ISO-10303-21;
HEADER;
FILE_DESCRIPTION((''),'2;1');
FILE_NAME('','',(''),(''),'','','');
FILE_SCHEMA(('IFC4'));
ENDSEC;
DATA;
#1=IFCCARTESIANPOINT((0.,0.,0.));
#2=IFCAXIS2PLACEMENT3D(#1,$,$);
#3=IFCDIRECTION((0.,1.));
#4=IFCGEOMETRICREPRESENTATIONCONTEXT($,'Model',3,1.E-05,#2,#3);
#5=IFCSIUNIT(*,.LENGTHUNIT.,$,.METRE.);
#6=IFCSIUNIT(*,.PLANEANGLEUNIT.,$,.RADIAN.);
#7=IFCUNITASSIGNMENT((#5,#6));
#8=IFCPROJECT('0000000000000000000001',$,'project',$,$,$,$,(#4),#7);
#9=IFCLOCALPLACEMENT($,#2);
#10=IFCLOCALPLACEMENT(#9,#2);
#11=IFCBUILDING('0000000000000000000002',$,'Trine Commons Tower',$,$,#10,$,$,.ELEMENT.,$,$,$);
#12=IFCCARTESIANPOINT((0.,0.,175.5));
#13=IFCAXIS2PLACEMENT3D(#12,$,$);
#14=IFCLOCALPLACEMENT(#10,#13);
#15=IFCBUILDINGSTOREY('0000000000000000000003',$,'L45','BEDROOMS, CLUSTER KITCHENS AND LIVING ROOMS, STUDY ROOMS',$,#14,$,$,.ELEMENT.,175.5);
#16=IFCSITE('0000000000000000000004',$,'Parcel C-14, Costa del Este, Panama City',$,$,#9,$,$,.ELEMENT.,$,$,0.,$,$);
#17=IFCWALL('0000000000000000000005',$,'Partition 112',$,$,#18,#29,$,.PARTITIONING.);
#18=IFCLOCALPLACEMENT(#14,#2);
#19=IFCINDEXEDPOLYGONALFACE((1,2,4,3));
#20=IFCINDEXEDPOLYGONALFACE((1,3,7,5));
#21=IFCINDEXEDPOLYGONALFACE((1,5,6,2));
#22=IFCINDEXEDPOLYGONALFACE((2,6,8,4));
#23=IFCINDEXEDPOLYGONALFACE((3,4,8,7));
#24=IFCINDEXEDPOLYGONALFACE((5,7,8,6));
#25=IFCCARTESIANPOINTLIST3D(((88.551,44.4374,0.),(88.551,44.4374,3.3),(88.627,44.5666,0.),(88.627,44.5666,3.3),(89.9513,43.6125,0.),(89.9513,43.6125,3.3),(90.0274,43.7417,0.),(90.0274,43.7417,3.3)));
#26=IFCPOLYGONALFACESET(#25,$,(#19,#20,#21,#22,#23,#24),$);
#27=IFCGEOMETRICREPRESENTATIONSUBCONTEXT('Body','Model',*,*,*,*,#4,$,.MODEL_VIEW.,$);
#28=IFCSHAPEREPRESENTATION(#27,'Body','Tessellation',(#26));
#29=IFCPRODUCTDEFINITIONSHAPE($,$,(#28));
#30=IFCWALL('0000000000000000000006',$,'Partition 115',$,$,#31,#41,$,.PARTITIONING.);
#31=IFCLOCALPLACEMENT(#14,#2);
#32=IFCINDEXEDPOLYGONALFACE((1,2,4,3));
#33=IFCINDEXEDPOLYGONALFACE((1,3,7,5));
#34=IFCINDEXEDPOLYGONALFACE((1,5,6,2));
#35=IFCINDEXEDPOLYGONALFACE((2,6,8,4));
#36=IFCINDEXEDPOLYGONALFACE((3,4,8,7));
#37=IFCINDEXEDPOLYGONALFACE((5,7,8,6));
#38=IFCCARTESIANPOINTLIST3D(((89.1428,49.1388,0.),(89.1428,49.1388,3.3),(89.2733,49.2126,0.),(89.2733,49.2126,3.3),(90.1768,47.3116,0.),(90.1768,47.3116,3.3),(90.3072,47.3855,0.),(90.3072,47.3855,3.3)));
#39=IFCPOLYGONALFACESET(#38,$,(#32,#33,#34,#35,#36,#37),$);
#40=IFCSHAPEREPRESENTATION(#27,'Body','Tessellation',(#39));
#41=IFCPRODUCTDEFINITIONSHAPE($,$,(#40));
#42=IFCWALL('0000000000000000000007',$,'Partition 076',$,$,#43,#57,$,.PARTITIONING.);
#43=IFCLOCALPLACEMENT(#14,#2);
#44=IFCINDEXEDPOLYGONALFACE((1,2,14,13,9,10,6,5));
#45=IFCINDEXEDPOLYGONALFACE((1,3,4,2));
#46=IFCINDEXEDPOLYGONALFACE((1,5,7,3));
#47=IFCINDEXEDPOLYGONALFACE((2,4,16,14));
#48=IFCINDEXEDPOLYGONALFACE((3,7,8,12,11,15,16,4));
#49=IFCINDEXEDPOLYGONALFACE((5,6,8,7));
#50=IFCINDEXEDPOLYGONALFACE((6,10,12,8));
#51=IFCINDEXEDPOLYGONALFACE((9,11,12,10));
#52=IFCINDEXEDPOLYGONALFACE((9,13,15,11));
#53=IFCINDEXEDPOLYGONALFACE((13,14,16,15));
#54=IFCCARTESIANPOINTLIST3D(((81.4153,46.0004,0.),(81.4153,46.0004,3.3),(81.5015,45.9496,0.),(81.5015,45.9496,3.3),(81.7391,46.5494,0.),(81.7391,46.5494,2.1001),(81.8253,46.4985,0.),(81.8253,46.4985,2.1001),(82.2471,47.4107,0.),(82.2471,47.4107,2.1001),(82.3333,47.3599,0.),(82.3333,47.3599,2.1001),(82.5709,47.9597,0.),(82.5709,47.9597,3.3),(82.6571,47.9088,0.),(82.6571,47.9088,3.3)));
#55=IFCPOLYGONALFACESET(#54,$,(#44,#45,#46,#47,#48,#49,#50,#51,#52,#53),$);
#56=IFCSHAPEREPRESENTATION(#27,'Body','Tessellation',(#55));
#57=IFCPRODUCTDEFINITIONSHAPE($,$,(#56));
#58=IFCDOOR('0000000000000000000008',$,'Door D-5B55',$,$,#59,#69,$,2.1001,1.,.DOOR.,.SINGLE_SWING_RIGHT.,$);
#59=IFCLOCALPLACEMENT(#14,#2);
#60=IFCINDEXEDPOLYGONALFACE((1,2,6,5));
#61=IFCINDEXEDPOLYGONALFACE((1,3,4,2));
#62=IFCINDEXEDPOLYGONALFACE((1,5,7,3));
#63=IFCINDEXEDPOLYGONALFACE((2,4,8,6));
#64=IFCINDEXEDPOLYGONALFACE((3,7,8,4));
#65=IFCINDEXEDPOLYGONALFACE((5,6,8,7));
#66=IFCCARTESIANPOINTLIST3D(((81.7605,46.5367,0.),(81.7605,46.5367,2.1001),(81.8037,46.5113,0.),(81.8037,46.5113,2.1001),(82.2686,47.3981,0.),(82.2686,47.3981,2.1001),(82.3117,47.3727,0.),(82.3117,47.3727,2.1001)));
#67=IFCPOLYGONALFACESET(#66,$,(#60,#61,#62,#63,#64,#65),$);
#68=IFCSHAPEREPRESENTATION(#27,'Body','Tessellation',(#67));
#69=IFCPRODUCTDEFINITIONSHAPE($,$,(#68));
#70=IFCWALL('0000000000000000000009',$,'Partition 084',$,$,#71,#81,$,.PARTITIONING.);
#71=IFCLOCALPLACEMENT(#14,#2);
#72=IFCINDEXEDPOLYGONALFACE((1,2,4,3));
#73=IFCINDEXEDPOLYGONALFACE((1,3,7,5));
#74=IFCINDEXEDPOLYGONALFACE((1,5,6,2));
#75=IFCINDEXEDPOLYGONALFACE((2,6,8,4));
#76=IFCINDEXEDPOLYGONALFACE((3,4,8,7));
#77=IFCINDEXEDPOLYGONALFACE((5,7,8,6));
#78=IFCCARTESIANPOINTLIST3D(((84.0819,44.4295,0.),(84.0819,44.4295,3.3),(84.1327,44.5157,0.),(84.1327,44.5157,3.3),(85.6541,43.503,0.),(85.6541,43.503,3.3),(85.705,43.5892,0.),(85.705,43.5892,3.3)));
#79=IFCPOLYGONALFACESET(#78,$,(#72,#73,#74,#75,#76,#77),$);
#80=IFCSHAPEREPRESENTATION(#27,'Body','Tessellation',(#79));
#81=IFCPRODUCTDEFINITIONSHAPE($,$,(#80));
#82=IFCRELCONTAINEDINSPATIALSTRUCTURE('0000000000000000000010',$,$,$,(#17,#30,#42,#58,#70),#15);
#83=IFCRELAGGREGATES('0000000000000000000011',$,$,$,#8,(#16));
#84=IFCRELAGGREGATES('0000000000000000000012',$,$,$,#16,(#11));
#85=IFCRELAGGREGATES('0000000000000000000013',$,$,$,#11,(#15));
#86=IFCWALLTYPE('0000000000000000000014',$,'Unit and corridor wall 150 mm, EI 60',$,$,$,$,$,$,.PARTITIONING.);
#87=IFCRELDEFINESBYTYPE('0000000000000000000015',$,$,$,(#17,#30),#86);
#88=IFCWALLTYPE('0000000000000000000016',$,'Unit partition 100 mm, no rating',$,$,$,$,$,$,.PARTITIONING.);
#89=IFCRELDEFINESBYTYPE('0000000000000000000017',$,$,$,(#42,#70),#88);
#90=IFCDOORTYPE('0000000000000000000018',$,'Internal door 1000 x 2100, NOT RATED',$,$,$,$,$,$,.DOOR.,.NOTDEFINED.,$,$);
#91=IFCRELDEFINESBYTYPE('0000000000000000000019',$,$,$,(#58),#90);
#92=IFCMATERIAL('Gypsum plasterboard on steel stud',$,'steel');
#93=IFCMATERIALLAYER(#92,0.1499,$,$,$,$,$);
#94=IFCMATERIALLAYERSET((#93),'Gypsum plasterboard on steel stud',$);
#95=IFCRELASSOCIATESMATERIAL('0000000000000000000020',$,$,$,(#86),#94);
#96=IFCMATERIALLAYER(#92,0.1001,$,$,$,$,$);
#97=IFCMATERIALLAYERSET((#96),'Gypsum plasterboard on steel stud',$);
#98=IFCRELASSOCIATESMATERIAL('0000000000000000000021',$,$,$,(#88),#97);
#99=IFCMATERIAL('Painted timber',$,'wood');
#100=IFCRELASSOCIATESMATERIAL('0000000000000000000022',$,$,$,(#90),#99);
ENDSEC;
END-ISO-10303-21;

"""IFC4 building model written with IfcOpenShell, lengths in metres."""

from ifc_helpers import new_model, si_unit, direction, frame, frame_2d, origin, place, context, subcontext, project, spatial, rectangle, extrude, material, layer, layer_set, type_object, element, fill, save


model = new_model("IFC4")

# Units and contexts
model_context = context("Model", 3, precision=1e-05, world=origin(), true_north=direction((0.0, 1.0)))
body_context = subcontext(model_context, "Body", "Model", "MODEL_VIEW")
ifc_project = project(units=[si_unit("LENGTHUNIT", "METRE"), si_unit("PLANEANGLEUNIT", "RADIAN")], contexts=[model_context])

# Site, building, storey
site_placement = place(None, origin())
site = spatial("IfcSite", under=ifc_project, at=site_placement, Name="Parcel C-14, Costa del Este, Panama City", CompositionType="ELEMENT", RefElevation=0.0)
building_placement = place(site_placement, origin())
building = spatial("IfcBuilding", under=site, at=building_placement, Name="Trine Commons Tower", CompositionType="ELEMENT")
storey_placement = place(building_placement, frame((0.0, 0.0, 175.5)))
storey = spatial("IfcBuildingStorey", under=building, at=storey_placement, Name="L45", Description="BEDROOMS, CLUSTER KITCHENS AND LIVING ROOMS, STUDY ROOMS", CompositionType="ELEMENT", Elevation=175.5)

# Shared definitions
ifc_material_1 = material(Name="Gypsum plasterboard on steel stud", Category="steel")
ifc_layer_1 = layer(ifc_material_1, 0.1499)
ifc_layer_set_1 = layer_set([ifc_layer_1], Name="Gypsum plasterboard on steel stud")
wall_type_1 = type_object("IfcWallType", Name="Unit and corridor wall 150 mm, EI 60", PredefinedType="PARTITIONING", material=ifc_layer_set_1)

# Walls
wall_1_placement = place(storey_placement, frame((88.5891, 44.502, 0.0), z_axis=(0.0, 0.0, 1.0), x_axis=(0.861614, -0.507565, 0.0)))
element("IfcWall", 1, at=wall_1_placement, inside=storey, type_object=wall_type_1, Name="Partition 112", PredefinedType="PARTITIONING", context=body_context, shape_type="SweptSolid", body=[
    extrude(rectangle(XDim=1.6252, YDim=0.1499, at=frame_2d((0.8125, 0.0))), origin(), (0.0, 0.0, 1.0), 3.3),
])
wall_2_placement = place(storey_placement, frame((89.208, 49.1758, 0.0), z_axis=(0.0, 0.0, 1.0), x_axis=(0.49249, -0.870318, 0.0)))
element("IfcWall", 2, at=wall_2_placement, inside=storey, type_object=wall_type_1, Name="Partition 115", PredefinedType="PARTITIONING", context=body_context, shape_type="SweptSolid", body=[
    extrude(rectangle(XDim=2.0994, YDim=0.1499, at=frame_2d((1.0498, 0.0))), origin(), (0.0, 0.0, 1.0), 3.3),
])

# Wall, opening, door
ifc_layer_2 = layer(ifc_material_1, 0.1001)
ifc_layer_set_2 = layer_set([ifc_layer_2], Name="Gypsum plasterboard on steel stud")
wall_type_2 = type_object("IfcWallType", Name="Unit partition 100 mm, no rating", PredefinedType="PARTITIONING", material=ifc_layer_set_2)
wall_3_placement = place(storey_placement, frame((81.4585, 45.9751, 0.0), z_axis=(0.0, 0.0, 1.0), x_axis=(0.50801, 0.861351, 0.0)))
wall_3 = element("IfcWall", 3, at=wall_3_placement, inside=storey, type_object=wall_type_2, Name="Partition 076", PredefinedType="PARTITIONING", context=body_context, shape_type="SweptSolid", body=[
    extrude(rectangle(XDim=2.2747, YDim=0.1001, at=frame_2d((1.1372, 0.0))), origin(), (0.0, 0.0, 1.0), 3.3),
])
opening_1_placement = place(wall_3_placement, frame((0.6372, 0.0, 0.0)))
opening_1 = element("IfcOpeningElement", 4, at=opening_1_placement, cuts=wall_3, PredefinedType="OPENING", context=body_context, shape_type="SweptSolid", body=[
    extrude(rectangle(XDim=1.0, YDim=2.1001, at=frame_2d((0.5, 1.05))), frame((0.0, 0.0601, 0.0), z_axis=(0.0, -1.0, 0.0), x_axis=(1.0, 0.0, 0.0)), (0.0, 0.0, 1.0), 0.1201),
])
ifc_material_2 = material(Name="Painted timber", Category="wood")
door_type_1 = type_object("IfcDoorType", Name="Internal door 1000 x 2100, NOT RATED", OperationType="NOTDEFINED", PredefinedType="DOOR", material=ifc_material_2)
door_1_placement = place(opening_1_placement, frame((1.0, 0.0, 0.0), z_axis=(0.0, 0.0, 1.0), x_axis=(-1.0, 0.0, 0.0)))
door_1 = element("IfcDoor", 5, at=door_1_placement, inside=storey, type_object=door_type_1, Name="Door D-5B55", OperationType="SINGLE_SWING_RIGHT", OverallHeight=2.1001, OverallWidth=1.0, PredefinedType="DOOR", context=body_context, shape_type="SweptSolid", body=[
    extrude(rectangle(XDim=1.0, YDim=2.1001, at=frame_2d((0.5, 1.05))), frame((0.0, 0.0249, 0.0), z_axis=(0.0, -1.0, 0.0), x_axis=(1.0, 0.0, 0.0)), (0.0, 0.0, 1.0), 0.05),
])
fill(opening_1, door_1)

# Wall
wall_4_placement = place(storey_placement, frame((84.1072, 44.4727, 0.0), z_axis=(0.0, 0.0, 1.0), x_axis=(0.861538, -0.507692, 0.0)))
element("IfcWall", 6, at=wall_4_placement, inside=storey, type_object=wall_type_2, Name="Partition 084", PredefinedType="PARTITIONING", context=body_context, shape_type="SweptSolid", body=[
    extrude(rectangle(XDim=1.825, YDim=0.1001, at=frame_2d((0.9126, 0.0))), origin(), (0.0, 0.0, 1.0), 3.3),
])

save(model, "model.ifc")
